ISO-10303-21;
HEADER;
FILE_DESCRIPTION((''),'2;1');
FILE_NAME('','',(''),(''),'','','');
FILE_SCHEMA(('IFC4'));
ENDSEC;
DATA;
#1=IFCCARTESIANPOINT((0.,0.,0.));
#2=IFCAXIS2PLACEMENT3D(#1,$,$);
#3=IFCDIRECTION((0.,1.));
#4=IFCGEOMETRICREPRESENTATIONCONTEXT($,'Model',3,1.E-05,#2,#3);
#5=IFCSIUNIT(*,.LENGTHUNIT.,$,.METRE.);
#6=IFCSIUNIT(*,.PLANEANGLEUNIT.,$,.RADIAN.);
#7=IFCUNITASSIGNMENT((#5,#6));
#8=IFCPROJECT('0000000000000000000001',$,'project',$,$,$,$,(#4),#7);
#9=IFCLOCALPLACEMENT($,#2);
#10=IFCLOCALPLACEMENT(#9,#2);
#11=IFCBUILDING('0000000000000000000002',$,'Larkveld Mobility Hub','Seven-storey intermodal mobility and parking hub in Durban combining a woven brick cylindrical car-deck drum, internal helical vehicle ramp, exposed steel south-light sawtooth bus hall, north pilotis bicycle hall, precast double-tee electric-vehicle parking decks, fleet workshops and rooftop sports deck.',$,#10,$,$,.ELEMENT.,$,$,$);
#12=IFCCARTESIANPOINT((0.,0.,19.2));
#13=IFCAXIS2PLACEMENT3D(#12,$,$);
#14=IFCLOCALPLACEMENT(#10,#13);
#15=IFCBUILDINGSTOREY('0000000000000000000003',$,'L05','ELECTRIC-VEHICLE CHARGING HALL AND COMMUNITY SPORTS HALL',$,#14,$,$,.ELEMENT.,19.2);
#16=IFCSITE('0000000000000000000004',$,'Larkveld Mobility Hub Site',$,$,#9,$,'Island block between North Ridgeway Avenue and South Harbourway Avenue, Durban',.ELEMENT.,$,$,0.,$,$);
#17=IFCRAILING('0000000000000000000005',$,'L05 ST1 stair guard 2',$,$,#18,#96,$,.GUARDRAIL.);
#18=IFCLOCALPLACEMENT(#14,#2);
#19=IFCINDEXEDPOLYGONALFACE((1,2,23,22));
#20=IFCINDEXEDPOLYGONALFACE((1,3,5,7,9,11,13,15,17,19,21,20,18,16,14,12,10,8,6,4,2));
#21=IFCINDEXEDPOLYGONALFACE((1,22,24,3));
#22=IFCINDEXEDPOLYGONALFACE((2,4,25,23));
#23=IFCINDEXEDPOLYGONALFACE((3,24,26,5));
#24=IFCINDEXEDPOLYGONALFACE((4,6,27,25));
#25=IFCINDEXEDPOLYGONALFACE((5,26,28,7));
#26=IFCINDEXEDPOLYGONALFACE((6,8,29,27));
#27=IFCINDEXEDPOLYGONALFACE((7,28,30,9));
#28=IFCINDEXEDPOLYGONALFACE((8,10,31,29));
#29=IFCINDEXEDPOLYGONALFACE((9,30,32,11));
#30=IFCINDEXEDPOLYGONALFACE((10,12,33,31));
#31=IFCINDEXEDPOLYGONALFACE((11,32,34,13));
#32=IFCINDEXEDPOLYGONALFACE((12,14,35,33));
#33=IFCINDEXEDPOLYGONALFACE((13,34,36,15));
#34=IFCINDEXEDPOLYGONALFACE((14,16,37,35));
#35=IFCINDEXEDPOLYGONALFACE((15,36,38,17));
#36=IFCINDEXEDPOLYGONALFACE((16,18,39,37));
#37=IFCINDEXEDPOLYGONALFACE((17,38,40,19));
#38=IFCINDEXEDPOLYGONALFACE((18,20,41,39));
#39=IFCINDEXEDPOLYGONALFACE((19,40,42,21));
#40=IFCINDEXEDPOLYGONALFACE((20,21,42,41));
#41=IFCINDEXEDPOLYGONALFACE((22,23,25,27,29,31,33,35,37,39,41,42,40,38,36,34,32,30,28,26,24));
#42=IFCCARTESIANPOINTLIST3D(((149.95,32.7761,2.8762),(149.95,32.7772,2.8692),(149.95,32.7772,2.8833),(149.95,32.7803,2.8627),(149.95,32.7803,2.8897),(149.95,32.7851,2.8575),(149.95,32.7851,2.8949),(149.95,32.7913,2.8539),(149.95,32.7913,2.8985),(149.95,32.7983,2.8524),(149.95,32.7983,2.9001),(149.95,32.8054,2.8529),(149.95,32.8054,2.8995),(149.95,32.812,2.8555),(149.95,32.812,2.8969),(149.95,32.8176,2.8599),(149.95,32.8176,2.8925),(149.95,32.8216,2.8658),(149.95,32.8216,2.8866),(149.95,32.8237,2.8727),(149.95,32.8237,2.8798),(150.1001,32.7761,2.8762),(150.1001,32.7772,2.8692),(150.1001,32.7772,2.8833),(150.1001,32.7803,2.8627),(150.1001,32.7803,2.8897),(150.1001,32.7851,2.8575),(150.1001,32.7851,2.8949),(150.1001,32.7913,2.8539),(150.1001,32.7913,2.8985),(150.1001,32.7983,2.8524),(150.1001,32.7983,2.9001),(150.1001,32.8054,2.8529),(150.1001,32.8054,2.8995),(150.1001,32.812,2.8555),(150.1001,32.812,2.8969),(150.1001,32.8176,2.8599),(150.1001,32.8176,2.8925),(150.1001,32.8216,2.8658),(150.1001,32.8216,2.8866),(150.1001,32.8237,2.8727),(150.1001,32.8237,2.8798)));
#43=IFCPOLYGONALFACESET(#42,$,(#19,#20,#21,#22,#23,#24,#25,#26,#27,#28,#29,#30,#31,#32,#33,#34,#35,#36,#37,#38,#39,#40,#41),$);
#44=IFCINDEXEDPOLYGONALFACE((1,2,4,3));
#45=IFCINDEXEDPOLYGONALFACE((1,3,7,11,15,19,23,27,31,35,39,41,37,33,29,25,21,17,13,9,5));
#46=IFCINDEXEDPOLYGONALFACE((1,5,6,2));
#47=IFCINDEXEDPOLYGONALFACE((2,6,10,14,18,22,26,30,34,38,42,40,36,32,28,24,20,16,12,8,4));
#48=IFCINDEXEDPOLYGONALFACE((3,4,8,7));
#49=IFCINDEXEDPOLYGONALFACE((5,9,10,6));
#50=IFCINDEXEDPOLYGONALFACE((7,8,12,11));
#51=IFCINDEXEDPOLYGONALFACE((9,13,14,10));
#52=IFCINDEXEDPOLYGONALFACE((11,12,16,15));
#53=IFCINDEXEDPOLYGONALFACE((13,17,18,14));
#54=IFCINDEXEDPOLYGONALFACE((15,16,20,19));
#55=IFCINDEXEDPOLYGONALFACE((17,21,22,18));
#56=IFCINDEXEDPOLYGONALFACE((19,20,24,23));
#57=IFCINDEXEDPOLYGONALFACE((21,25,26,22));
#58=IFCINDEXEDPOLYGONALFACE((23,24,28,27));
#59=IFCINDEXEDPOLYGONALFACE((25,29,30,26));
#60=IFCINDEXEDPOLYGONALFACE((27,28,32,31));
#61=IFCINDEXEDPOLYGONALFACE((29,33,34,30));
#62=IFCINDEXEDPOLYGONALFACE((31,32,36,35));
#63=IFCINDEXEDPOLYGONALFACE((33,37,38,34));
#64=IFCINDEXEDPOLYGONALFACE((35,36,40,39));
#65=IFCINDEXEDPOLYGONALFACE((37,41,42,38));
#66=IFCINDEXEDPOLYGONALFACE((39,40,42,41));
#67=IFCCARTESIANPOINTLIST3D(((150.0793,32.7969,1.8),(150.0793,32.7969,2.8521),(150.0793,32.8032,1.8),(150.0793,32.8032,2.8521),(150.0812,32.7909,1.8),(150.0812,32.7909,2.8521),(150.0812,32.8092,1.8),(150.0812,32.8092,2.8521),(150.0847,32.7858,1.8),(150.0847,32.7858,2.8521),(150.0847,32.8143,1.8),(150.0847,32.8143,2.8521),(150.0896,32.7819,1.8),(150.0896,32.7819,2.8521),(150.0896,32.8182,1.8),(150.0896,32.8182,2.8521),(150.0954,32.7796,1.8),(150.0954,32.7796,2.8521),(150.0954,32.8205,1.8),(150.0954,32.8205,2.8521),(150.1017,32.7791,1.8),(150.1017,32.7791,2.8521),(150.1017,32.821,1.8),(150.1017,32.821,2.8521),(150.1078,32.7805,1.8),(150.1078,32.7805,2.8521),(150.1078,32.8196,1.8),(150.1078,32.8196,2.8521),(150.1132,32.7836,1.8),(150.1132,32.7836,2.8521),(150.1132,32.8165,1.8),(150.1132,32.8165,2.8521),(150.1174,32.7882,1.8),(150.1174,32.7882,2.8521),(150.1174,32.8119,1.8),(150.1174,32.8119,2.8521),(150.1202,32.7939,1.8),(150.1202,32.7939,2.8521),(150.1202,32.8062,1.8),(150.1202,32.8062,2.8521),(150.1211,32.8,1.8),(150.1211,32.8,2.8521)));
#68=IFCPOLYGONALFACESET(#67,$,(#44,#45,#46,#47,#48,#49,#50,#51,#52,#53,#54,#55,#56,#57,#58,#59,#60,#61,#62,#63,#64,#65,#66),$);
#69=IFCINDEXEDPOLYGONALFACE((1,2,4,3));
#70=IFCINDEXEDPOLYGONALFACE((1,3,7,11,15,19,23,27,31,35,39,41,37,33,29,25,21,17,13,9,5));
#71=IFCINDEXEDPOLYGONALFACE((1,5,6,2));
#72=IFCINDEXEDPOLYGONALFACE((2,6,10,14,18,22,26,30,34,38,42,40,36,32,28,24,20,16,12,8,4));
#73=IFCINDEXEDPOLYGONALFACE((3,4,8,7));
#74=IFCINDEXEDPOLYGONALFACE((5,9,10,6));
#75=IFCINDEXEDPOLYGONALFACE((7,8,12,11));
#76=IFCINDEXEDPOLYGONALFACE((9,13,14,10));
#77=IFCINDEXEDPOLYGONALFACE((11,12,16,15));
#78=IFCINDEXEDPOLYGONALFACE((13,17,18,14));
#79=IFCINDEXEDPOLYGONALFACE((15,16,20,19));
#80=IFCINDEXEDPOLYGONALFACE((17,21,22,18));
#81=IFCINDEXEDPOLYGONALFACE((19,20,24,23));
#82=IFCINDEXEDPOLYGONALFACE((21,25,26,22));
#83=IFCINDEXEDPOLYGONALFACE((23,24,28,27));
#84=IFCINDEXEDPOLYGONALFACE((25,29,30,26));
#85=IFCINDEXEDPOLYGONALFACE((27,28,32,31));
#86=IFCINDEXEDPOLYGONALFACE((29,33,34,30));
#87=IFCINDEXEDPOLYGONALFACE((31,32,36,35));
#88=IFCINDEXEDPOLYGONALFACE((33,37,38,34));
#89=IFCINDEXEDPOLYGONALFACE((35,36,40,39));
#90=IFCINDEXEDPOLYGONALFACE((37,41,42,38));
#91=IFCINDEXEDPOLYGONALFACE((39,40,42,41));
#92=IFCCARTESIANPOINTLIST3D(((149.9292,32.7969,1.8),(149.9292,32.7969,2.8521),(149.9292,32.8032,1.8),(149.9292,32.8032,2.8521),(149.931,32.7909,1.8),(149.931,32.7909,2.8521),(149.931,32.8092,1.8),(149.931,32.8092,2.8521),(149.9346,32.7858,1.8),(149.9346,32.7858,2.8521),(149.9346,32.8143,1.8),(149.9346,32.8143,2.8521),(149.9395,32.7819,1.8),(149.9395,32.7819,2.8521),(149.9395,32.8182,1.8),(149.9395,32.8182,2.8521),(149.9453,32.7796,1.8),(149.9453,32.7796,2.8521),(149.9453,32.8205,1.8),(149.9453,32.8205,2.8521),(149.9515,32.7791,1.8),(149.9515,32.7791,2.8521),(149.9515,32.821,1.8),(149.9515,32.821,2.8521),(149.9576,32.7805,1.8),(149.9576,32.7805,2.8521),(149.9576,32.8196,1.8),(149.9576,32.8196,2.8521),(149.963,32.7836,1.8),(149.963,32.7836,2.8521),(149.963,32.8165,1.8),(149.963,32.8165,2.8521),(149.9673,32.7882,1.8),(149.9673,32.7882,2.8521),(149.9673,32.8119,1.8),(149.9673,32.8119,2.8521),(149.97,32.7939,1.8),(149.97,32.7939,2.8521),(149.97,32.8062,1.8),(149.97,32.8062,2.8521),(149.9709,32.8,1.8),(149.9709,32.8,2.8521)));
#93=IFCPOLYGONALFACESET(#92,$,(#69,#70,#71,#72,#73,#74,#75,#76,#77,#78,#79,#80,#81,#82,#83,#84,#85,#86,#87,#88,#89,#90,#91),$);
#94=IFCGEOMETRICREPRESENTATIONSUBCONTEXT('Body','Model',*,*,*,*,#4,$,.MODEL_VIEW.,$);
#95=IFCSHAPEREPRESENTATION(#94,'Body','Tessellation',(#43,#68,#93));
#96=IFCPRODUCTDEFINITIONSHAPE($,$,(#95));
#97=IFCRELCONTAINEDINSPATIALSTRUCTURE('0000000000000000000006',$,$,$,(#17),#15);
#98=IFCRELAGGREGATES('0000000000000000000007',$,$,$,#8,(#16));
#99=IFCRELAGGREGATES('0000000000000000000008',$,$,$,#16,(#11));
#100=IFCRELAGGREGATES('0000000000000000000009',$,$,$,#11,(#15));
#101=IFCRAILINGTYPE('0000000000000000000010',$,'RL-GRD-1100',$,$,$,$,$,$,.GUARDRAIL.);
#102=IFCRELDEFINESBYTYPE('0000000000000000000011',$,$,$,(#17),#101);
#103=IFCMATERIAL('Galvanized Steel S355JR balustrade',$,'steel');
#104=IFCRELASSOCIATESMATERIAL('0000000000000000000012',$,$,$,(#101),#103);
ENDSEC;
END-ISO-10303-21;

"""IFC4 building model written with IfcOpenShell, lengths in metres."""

from ifc_helpers import new_model, si_unit, direction, frame, origin, origin_2d, place, context, subcontext, project, spatial, circle, extrude, material, type_object, element, save


model = new_model("IFC4")

# Units and contexts
model_context = context("Model", 3, precision=1e-05, world=origin(), true_north=direction((0.0, 1.0)))
body_context = subcontext(model_context, "Body", "Model", "MODEL_VIEW")
ifc_project = project(units=[si_unit("LENGTHUNIT", "METRE"), si_unit("PLANEANGLEUNIT", "RADIAN")], contexts=[model_context])

# Site, building, storey
site_placement = place(None, origin())
site = spatial("IfcSite", under=ifc_project, at=site_placement, Name="Larkveld Mobility Hub Site", LongName="Island block between North Ridgeway Avenue and South Harbourway Avenue, Durban", CompositionType="ELEMENT", RefElevation=0.0)
building_placement = place(site_placement, origin())
building = spatial("IfcBuilding", under=site, at=building_placement, Name="Larkveld Mobility Hub", Description="Seven-storey intermodal mobility and parking hub in Durban combining a woven brick cylindrical car-deck drum, internal helical vehicle ramp, exposed steel south-light sawtooth bus hall, north pilotis bicycle hall, precast double-tee electric-vehicle parking decks, fleet workshops and rooftop sports deck.", CompositionType="ELEMENT")
storey_placement = place(building_placement, frame((0.0, 0.0, 19.2)))
storey = spatial("IfcBuildingStorey", under=building, at=storey_placement, Name="L05", Description="ELECTRIC-VEHICLE CHARGING HALL AND COMMUNITY SPORTS HALL", CompositionType="ELEMENT", Elevation=19.2)

# Railing
ifc_material_1 = material(Name="Galvanized Steel S355JR balustrade", Category="steel")
railing_type_1 = type_object("IfcRailingType", Name="RL-GRD-1100", PredefinedType="GUARDRAIL", material=ifc_material_1)
railing_1_placement = place(storey_placement, frame((150.1001, 32.8, 1.8)))
element("IfcRailing", 1, at=railing_1_placement, inside=storey, type_object=railing_type_1, Name="L05 ST1 stair guard 2", PredefinedType="GUARDRAIL", context=body_context, shape_type="SweptSolid", body=[
    extrude(circle(Radius=0.0239, at=origin_2d()), frame((0.0, 0.0, 1.0762), z_axis=(-1.0, 0.0, 0.0), x_axis=(0.0, -1.0, 0.0)), (0.0, 0.0, 1.0), 0.1501),
    extrude(circle(Radius=0.021, at=origin_2d()), origin(), (0.0, 0.0, 1.0), 1.052),
    extrude(circle(Radius=0.021, at=origin_2d()), frame((-0.1501, 0.0, 0.0)), (0.0, 0.0, 1.0), 1.052),
])

save(model, "model.ifc")
